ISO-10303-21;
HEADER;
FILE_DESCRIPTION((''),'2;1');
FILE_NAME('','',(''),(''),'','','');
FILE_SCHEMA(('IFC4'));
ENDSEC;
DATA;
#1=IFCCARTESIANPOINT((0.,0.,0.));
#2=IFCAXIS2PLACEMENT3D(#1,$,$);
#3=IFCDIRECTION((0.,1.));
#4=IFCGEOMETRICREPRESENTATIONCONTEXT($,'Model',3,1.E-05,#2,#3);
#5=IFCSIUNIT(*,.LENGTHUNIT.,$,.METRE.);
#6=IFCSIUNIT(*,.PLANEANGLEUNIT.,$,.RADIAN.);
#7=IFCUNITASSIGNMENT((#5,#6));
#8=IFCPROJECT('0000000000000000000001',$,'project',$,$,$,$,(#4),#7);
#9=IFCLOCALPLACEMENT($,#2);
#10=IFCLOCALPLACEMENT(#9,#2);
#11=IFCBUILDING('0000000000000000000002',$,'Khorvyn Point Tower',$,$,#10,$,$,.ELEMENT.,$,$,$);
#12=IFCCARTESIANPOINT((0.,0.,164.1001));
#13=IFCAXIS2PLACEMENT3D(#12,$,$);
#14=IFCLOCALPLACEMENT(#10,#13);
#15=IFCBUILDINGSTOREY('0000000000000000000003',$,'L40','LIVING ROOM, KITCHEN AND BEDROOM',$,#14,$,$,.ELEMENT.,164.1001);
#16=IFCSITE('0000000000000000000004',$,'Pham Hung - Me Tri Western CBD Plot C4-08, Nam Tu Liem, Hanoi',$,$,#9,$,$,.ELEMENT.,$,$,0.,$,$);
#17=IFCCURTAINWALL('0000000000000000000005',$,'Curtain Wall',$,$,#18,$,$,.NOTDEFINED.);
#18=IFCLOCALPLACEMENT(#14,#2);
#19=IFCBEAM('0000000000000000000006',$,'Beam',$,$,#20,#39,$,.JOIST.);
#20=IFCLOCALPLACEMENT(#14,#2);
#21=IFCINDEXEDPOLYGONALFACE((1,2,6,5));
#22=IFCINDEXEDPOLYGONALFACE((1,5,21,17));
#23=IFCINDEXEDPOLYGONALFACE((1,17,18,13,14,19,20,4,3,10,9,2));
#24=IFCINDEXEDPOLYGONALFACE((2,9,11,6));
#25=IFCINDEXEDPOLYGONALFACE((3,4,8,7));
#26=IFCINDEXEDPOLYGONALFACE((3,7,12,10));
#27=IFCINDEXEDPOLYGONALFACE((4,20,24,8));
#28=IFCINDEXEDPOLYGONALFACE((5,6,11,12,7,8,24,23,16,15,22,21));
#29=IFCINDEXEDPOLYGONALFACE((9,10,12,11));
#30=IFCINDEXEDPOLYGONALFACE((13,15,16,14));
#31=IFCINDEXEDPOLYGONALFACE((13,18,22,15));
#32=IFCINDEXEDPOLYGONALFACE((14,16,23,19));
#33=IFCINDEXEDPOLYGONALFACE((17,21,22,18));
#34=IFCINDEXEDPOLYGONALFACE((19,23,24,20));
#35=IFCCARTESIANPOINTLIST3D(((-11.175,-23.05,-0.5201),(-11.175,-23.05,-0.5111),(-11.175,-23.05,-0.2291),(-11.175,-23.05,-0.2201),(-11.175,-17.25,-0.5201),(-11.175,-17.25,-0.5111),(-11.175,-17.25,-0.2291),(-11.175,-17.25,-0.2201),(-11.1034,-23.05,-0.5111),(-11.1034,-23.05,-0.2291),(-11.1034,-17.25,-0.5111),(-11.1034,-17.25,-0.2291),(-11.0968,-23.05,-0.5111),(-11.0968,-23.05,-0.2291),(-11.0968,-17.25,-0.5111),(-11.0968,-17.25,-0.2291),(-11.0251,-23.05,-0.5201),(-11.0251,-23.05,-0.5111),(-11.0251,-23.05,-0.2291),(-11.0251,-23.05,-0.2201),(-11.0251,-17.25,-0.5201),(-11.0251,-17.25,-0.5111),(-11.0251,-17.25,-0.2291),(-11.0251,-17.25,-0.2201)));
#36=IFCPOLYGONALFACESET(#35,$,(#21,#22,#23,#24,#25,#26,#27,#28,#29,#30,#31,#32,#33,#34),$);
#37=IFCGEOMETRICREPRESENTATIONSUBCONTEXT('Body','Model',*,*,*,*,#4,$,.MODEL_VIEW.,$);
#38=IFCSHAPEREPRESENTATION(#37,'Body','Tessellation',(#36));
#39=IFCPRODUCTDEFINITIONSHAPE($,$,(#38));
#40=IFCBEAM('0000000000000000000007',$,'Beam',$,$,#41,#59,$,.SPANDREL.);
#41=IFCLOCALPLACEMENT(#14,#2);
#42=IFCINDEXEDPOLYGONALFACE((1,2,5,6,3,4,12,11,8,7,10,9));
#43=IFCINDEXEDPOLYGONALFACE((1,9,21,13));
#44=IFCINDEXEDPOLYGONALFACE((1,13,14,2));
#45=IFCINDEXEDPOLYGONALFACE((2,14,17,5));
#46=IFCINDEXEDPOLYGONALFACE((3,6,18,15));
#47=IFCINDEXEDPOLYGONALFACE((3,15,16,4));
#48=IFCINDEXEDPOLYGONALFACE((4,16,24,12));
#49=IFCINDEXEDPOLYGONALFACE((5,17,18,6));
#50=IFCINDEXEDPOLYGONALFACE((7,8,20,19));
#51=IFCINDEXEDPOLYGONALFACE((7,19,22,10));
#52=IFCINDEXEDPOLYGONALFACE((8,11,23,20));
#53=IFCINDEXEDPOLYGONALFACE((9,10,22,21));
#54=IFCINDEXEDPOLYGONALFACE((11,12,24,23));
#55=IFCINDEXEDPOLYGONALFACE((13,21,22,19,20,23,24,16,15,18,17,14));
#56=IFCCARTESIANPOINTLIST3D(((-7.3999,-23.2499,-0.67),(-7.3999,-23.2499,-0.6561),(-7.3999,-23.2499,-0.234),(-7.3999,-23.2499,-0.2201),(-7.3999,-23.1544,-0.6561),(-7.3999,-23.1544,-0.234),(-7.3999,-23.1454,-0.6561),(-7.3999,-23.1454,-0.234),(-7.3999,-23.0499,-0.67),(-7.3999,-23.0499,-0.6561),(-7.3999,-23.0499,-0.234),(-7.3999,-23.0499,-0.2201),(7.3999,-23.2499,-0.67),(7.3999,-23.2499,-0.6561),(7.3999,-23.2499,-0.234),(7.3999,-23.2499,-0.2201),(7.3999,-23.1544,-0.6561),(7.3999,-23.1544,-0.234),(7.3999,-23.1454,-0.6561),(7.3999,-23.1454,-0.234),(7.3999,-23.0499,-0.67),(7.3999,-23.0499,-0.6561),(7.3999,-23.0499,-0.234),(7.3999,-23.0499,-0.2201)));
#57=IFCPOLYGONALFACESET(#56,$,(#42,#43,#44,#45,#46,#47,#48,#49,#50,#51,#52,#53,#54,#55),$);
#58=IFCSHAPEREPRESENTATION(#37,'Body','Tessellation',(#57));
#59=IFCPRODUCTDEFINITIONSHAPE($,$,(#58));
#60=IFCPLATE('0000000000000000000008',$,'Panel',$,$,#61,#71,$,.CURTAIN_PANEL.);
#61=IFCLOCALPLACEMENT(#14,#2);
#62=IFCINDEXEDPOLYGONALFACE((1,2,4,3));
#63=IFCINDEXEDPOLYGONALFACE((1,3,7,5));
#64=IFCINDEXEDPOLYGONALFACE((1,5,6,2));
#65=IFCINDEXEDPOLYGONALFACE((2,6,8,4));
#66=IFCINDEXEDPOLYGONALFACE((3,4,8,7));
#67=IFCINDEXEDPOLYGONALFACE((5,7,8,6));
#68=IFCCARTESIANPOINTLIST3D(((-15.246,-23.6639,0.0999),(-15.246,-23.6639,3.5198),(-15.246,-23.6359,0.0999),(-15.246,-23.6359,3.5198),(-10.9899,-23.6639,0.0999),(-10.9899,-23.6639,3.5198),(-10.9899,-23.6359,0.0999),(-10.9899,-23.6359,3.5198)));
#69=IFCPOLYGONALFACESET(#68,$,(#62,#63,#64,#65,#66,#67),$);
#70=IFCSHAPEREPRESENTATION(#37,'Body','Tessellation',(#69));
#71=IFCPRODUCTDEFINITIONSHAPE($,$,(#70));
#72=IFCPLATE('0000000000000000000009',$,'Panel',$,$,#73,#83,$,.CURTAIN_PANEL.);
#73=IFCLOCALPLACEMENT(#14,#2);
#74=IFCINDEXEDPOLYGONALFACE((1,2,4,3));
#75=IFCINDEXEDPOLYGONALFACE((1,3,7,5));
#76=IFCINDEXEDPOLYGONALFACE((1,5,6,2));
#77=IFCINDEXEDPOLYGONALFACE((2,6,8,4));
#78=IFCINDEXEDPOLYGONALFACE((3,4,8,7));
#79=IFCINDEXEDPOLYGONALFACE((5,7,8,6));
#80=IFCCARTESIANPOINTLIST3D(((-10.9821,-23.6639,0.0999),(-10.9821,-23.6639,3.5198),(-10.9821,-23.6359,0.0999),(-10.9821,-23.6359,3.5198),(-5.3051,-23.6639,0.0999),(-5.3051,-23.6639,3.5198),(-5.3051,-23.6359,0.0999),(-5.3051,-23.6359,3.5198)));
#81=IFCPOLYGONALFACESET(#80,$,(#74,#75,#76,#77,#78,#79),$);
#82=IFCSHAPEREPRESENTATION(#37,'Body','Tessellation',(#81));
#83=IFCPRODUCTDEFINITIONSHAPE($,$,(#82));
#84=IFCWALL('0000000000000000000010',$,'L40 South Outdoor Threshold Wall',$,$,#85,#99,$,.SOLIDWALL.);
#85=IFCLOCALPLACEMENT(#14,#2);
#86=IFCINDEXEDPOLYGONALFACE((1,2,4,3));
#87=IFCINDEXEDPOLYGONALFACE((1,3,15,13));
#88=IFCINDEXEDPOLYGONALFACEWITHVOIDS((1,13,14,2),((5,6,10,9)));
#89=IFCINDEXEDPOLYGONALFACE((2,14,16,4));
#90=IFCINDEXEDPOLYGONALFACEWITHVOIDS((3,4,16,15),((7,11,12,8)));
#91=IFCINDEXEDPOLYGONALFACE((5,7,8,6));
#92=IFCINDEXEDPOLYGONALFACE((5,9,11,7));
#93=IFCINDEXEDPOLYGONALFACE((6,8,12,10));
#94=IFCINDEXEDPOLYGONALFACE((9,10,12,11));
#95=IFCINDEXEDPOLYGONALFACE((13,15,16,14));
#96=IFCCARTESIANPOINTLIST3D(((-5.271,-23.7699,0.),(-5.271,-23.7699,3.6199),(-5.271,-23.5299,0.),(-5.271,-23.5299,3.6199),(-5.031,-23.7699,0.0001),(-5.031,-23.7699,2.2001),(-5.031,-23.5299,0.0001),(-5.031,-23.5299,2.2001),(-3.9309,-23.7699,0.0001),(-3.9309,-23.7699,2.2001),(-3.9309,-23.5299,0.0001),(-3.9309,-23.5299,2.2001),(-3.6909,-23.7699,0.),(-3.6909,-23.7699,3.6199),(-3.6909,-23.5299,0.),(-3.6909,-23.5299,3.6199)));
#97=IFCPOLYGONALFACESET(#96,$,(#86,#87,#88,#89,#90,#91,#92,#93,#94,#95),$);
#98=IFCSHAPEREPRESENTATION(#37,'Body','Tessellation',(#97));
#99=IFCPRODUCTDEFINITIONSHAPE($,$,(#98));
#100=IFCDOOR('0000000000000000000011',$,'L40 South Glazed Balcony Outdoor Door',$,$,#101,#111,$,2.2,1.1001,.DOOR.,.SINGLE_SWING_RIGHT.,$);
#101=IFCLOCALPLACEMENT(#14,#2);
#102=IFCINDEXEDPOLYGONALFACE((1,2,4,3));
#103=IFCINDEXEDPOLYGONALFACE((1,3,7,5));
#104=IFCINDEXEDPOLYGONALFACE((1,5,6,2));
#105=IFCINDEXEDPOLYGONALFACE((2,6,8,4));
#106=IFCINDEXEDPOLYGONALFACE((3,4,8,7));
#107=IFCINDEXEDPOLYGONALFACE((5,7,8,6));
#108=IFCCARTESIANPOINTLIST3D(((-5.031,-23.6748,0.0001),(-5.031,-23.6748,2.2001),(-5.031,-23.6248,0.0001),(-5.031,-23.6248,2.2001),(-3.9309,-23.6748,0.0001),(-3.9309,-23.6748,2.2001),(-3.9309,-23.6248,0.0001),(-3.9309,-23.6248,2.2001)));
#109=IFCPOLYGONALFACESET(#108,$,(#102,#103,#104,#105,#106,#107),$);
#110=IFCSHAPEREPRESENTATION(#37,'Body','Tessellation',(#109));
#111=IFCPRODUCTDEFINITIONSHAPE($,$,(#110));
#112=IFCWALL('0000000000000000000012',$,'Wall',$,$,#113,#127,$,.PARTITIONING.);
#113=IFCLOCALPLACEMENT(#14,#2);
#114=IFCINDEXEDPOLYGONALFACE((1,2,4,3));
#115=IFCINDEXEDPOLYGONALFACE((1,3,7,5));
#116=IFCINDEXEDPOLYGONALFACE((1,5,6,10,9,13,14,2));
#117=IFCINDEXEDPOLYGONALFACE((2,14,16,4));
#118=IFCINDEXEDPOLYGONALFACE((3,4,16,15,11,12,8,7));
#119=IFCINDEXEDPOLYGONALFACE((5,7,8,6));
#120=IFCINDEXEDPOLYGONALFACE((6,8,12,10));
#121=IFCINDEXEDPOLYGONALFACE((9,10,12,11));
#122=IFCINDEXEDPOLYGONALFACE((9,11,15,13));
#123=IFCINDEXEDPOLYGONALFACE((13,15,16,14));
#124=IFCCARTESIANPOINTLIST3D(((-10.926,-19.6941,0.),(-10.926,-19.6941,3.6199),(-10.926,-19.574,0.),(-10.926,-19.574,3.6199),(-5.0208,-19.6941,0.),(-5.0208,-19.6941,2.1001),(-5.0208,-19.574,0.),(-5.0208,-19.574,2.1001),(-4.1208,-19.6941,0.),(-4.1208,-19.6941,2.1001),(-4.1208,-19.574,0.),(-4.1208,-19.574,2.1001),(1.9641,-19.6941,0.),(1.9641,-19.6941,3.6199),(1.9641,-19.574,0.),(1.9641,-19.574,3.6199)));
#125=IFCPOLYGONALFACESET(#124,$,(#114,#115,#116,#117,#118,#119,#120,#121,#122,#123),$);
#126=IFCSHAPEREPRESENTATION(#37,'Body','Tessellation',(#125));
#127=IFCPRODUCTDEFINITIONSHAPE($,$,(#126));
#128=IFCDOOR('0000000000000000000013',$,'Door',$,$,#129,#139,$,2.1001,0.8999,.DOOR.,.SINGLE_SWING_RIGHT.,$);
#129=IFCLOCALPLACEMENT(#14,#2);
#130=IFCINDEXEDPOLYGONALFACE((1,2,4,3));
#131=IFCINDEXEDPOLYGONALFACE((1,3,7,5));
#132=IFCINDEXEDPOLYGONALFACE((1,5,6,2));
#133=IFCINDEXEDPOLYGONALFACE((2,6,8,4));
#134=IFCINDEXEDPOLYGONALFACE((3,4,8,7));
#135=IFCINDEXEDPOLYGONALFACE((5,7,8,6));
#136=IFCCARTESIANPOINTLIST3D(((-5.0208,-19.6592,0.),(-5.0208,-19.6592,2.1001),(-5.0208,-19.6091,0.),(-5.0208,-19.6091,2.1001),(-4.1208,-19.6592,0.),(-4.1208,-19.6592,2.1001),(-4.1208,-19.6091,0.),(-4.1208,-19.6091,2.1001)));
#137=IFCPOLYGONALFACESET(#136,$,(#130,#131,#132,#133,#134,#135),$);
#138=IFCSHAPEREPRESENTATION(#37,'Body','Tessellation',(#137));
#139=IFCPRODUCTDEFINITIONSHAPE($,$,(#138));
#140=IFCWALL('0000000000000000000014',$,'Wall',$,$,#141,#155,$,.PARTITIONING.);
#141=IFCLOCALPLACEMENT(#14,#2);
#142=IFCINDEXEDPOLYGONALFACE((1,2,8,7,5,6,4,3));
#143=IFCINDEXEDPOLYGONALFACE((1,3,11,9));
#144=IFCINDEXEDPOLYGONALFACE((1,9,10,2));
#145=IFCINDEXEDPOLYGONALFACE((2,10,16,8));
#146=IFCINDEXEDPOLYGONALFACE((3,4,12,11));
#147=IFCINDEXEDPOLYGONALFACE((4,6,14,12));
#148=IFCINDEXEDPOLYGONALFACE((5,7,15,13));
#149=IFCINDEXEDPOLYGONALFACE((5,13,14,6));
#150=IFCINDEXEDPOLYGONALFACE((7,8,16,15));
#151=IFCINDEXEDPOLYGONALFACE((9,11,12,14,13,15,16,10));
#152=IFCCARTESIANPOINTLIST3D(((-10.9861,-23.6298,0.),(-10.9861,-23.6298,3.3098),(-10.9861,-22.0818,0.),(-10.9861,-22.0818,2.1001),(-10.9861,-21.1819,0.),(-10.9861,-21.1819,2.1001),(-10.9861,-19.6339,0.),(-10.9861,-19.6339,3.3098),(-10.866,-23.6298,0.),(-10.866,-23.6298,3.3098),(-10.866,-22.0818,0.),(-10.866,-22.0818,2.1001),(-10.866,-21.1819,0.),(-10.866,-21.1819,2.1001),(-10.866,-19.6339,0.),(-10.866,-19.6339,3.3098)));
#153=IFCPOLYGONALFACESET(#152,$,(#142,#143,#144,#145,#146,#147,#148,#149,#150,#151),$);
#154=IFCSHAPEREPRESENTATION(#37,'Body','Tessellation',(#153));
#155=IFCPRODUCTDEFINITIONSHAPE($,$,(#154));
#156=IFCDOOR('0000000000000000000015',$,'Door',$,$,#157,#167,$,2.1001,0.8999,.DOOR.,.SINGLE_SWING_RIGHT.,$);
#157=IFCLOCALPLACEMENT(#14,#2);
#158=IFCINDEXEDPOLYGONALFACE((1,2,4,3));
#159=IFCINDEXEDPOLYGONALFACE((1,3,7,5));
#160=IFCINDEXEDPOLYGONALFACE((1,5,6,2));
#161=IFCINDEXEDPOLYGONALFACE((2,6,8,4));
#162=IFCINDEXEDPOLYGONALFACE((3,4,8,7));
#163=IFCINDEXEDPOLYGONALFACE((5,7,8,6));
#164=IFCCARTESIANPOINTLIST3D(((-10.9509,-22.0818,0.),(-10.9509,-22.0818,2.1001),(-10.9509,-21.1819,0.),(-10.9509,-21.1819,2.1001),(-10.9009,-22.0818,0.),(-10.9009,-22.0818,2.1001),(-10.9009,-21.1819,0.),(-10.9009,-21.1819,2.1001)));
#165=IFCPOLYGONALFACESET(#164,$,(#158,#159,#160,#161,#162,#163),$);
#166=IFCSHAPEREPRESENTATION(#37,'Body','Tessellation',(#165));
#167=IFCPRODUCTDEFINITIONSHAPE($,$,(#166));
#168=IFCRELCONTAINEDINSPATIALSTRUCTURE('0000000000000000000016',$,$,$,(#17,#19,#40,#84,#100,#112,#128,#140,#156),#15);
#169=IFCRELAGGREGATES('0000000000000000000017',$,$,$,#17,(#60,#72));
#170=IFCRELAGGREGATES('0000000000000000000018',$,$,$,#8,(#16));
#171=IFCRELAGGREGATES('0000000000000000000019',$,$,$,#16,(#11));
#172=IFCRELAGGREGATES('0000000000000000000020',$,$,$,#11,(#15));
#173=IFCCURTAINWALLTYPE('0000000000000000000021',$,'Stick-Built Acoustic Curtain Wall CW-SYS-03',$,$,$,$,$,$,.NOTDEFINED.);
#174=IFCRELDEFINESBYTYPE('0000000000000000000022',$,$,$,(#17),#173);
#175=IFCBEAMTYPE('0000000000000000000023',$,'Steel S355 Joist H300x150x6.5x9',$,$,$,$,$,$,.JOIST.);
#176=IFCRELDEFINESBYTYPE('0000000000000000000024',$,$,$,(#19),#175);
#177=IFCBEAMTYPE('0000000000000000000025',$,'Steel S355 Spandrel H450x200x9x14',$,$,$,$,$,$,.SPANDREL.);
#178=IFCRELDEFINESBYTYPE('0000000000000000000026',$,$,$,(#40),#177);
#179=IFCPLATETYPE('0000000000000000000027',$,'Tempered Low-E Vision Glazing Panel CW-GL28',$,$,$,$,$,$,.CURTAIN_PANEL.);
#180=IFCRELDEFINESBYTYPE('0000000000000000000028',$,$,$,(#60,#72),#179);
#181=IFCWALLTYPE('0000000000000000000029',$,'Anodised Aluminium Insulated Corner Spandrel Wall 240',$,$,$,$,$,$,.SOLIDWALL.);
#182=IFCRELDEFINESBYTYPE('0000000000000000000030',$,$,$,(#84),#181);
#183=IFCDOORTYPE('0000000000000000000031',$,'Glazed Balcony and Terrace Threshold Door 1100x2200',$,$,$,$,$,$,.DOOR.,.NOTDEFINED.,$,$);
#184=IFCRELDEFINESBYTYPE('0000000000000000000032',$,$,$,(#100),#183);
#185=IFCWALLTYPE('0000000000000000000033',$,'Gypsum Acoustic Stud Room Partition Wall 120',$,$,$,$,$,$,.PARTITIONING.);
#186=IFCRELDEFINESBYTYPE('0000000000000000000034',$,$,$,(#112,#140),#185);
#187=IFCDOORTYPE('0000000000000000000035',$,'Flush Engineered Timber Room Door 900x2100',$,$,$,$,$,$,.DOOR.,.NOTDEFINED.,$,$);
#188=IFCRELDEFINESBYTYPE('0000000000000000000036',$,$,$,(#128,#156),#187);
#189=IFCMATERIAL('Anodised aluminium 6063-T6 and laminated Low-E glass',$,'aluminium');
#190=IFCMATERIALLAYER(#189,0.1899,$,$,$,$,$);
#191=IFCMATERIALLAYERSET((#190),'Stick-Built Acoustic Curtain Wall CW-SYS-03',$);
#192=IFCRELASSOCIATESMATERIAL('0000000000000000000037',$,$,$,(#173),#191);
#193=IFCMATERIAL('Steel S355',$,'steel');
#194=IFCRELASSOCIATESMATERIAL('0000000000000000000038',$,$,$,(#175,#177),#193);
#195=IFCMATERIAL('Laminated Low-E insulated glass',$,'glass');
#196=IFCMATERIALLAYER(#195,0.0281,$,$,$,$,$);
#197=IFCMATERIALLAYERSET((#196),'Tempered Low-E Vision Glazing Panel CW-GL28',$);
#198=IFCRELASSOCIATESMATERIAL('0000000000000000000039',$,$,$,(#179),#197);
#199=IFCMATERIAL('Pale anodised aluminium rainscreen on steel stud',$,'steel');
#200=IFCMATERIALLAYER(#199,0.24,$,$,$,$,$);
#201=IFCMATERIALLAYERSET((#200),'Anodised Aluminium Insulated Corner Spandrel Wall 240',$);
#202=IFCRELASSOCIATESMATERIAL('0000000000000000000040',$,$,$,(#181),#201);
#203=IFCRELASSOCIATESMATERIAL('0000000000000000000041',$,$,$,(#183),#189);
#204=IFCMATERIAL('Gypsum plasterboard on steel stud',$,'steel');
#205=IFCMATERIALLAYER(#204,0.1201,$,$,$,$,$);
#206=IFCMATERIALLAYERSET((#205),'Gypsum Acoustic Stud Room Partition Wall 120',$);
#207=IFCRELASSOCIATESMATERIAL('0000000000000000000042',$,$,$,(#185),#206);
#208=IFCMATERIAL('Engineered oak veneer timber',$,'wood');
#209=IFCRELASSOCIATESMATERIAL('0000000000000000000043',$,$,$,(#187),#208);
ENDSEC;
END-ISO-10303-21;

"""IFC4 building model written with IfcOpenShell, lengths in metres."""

from ifc_helpers import new_model, si_unit, direction, frame, frame_2d, origin, origin_2d, place, context, subcontext, project, spatial, rectangle, i_section, extrude, material, layer, layer_set, material_profile, profile_set, type_object, element, fill, aggregate, save


model = new_model("IFC4")

# Units and contexts
model_context = context("Model", 3, precision=1e-05, world=origin(), true_north=direction((0.0, 1.0)))
body_context = subcontext(model_context, "Body", "Model", "MODEL_VIEW")
ifc_project = project(units=[si_unit("LENGTHUNIT", "METRE"), si_unit("PLANEANGLEUNIT", "RADIAN")], contexts=[model_context])

# Site, building, storey
site_placement = place(None, origin())
site = spatial("IfcSite", under=ifc_project, at=site_placement, Name="Pham Hung - Me Tri Western CBD Plot C4-08, Nam Tu Liem, Hanoi", CompositionType="ELEMENT", RefElevation=0.0)
building_placement = place(site_placement, origin())
building = spatial("IfcBuilding", under=site, at=building_placement, Name="Khorvyn Point Tower", CompositionType="ELEMENT")
storey_placement = place(building_placement, frame((0.0, 0.0, 164.1001)))
storey = spatial("IfcBuildingStorey", under=building, at=storey_placement, Name="L40", Description="LIVING ROOM, KITCHEN AND BEDROOM", CompositionType="ELEMENT", Elevation=164.1001)

# Shared definitions
ifc_material_1 = material(Name="Anodised aluminium 6063-T6 and laminated Low-E glass", Category="aluminium")
ifc_layer_1 = layer(ifc_material_1, 0.1899)
ifc_layer_set_1 = layer_set([ifc_layer_1], Name="Stick-Built Acoustic Curtain Wall CW-SYS-03")
curtain_wall_type = type_object("IfcCurtainWallType", Name="Stick-Built Acoustic Curtain Wall CW-SYS-03", PredefinedType="NOTDEFINED", material=ifc_layer_set_1)

# Curtain wall
curtain_wall_1_placement = place(storey_placement, origin())
curtain_wall_1 = element("IfcCurtainWall", 1, at=curtain_wall_1_placement, inside=storey, type_object=curtain_wall_type, Name="Curtain Wall", PredefinedType="NOTDEFINED")

# Beams
ifc_material_2 = material(Name="Steel S355", Category="steel")
ifc_material_profile_1 = material_profile(ifc_material_2, i_section(OverallWidth=0.1499, OverallDepth=0.3, WebThickness=0.0066, FlangeThickness=0.009, at=origin_2d()))
ifc_profile_set_1 = profile_set([ifc_material_profile_1], Name="Steel S355 H300x150x6.5x9")
beam_type_1 = type_object("IfcBeamType", Name="Steel S355 Joist H300x150x6.5x9", PredefinedType="JOIST", material=ifc_profile_set_1)
beam_1_placement = place(storey_placement, frame((-11.1001, -23.05, -0.3701), z_axis=(0.0, 1.0, 0.0), x_axis=(-1.0, 0.0, 0.0)))
element("IfcBeam", 2, at=beam_1_placement, inside=storey, type_object=beam_type_1, Name="Beam", PredefinedType="JOIST", context=body_context, shape_type="SweptSolid", body=[
    extrude(i_section(OverallWidth=0.1499, OverallDepth=0.3, WebThickness=0.0066, FlangeThickness=0.009, at=origin_2d()), origin(), (0.0, 0.0, 1.0), 5.8),
])
ifc_material_profile_2 = material_profile(ifc_material_2, i_section(OverallWidth=0.2, OverallDepth=0.45, WebThickness=0.009, FlangeThickness=0.0139, at=origin_2d()))
ifc_profile_set_2 = profile_set([ifc_material_profile_2], Name="Steel S355 H450x200x9x14")
beam_type_2 = type_object("IfcBeamType", Name="Steel S355 Spandrel H450x200x9x14", PredefinedType="SPANDREL", material=ifc_profile_set_2)
beam_2_placement = place(storey_placement, frame((-7.3999, -23.1499, -0.4451), z_axis=(1.0, 0.0, 0.0), x_axis=(0.0, 1.0, 0.0)))
element("IfcBeam", 3, at=beam_2_placement, inside=storey, type_object=beam_type_2, Name="Beam", PredefinedType="SPANDREL", context=body_context, shape_type="SweptSolid", body=[
    extrude(i_section(OverallWidth=0.2, OverallDepth=0.45, WebThickness=0.009, FlangeThickness=0.0139, at=origin_2d()), origin(), (0.0, 0.0, 1.0), 14.7998),
])

# Plates
ifc_material_3 = material(Name="Laminated Low-E insulated glass", Category="glass")
ifc_layer_2 = layer(ifc_material_3, 0.0281)
ifc_layer_set_2 = layer_set([ifc_layer_2], Name="Tempered Low-E Vision Glazing Panel CW-GL28")
plate_type = type_object("IfcPlateType", Name="Tempered Low-E Vision Glazing Panel CW-GL28", PredefinedType="CURTAIN_PANEL", material=ifc_layer_set_2)
plate_1_placement = place(storey_placement, frame((-13.1179, -23.6499, 0.0999), z_axis=(0.0, 0.0, 1.0), x_axis=(-1.0, 0.0, 0.0)))
plate_1 = element("IfcPlate", 4, at=plate_1_placement, type_object=plate_type, Name="Panel", PredefinedType="CURTAIN_PANEL", context=body_context, shape_type="SweptSolid", body=[
    extrude(rectangle(XDim=4.2561, YDim=0.0281, at=origin_2d()), origin(), (0.0, 0.0, 1.0), 3.4199),
])
plate_2_placement = place(storey_placement, frame((-8.1436, -23.6499, 0.0999), z_axis=(0.0, 0.0, 1.0), x_axis=(-1.0, 0.0, 0.0)))
plate_2 = element("IfcPlate", 5, at=plate_2_placement, type_object=plate_type, Name="Panel", PredefinedType="CURTAIN_PANEL", context=body_context, shape_type="SweptSolid", body=[
    extrude(rectangle(XDim=5.677, YDim=0.0281, at=origin_2d()), origin(), (0.0, 0.0, 1.0), 3.4199),
])
aggregate(curtain_wall_1, [plate_1, plate_2])

# Walls, openings, doors
ifc_material_4 = material(Name="Pale anodised aluminium rainscreen on steel stud", Category="steel")
ifc_layer_3 = layer(ifc_material_4, 0.24)
ifc_layer_set_3 = layer_set([ifc_layer_3], Name="Anodised Aluminium Insulated Corner Spandrel Wall 240")
wall_type_1 = type_object("IfcWallType", Name="Anodised Aluminium Insulated Corner Spandrel Wall 240", PredefinedType="SOLIDWALL", material=ifc_layer_set_3)
wall_1_placement = place(storey_placement, frame((-3.6909, -23.6499, 0.0), z_axis=(0.0, 0.0, 1.0), x_axis=(-1.0, 0.0, 0.0)))
wall_1 = element("IfcWall", 6, at=wall_1_placement, inside=storey, type_object=wall_type_1, Name="L40 South Outdoor Threshold Wall", PredefinedType="SOLIDWALL", context=body_context, shape_type="SweptSolid", body=[
    extrude(rectangle(XDim=1.5801, YDim=0.24, at=frame_2d((0.79, 0.0))), origin(), (0.0, 0.0, 1.0), 3.6199),
])
opening_1_placement = place(wall_1_placement, frame((0.24, 0.0, 0.0)))
opening_1 = element("IfcOpeningElement", 7, at=opening_1_placement, cuts=wall_1, PredefinedType="OPENING", context=body_context, shape_type="SweptSolid", body=[
    extrude(rectangle(XDim=1.1001, YDim=2.2, at=frame_2d((0.55, 1.1001))), frame((0.0, 0.1299, 0.0), z_axis=(0.0, -1.0, 0.0), x_axis=(1.0, 0.0, 0.0)), (0.0, 0.0, 1.0), 0.26),
])
door_type_1 = type_object("IfcDoorType", Name="Glazed Balcony and Terrace Threshold Door 1100x2200", OperationType="NOTDEFINED", PredefinedType="DOOR", material=ifc_material_1)
door_1_placement = place(opening_1_placement, origin())
door_1 = element("IfcDoor", 8, at=door_1_placement, inside=storey, type_object=door_type_1, Name="L40 South Glazed Balcony Outdoor Door", OperationType="SINGLE_SWING_RIGHT", OverallHeight=2.2, OverallWidth=1.1001, PredefinedType="DOOR", context=body_context, shape_type="SweptSolid", body=[
    extrude(rectangle(XDim=1.1001, YDim=2.2, at=frame_2d((0.55, 1.1001))), frame((0.0, 0.0249, 0.0), z_axis=(0.0, -1.0, 0.0), x_axis=(1.0, 0.0, 0.0)), (0.0, 0.0, 1.0), 0.05),
])
fill(opening_1, door_1)
ifc_material_5 = material(Name="Gypsum plasterboard on steel stud", Category="steel")
ifc_layer_4 = layer(ifc_material_5, 0.1201)
ifc_layer_set_4 = layer_set([ifc_layer_4], Name="Gypsum Acoustic Stud Room Partition Wall 120")
wall_type_2 = type_object("IfcWallType", Name="Gypsum Acoustic Stud Room Partition Wall 120", PredefinedType="PARTITIONING", material=ifc_layer_set_4)
wall_2_placement = place(storey_placement, frame((-10.926, -19.634, 0.0), z_axis=(0.0, 0.0, 1.0), x_axis=(1.0, 0.0, 0.0)))
wall_2 = element("IfcWall", 9, at=wall_2_placement, inside=storey, type_object=wall_type_2, Name="Wall", PredefinedType="PARTITIONING", context=body_context, shape_type="SweptSolid", body=[
    extrude(rectangle(XDim=12.8901, YDim=0.1201, at=frame_2d((6.4451, 0.0))), origin(), (0.0, 0.0, 1.0), 3.6199),
])
opening_2_placement = place(wall_2_placement, frame((5.9053, 0.0, 0.0)))
opening_2 = element("IfcOpeningElement", 10, at=opening_2_placement, cuts=wall_2, PredefinedType="OPENING", context=body_context, shape_type="SweptSolid", body=[
    extrude(rectangle(XDim=0.8999, YDim=2.1001, at=frame_2d((0.45, 1.05))), frame((0.0, 0.0701, 0.0), z_axis=(0.0, -1.0, 0.0), x_axis=(1.0, 0.0, 0.0)), (0.0, 0.0, 1.0), 0.1401),
])
ifc_material_6 = material(Name="Engineered oak veneer timber", Category="wood")
door_type_2 = type_object("IfcDoorType", Name="Flush Engineered Timber Room Door 900x2100", OperationType="NOTDEFINED", PredefinedType="DOOR", material=ifc_material_6)
door_2_placement = place(opening_2_placement, origin())
door_2 = element("IfcDoor", 11, at=door_2_placement, inside=storey, type_object=door_type_2, Name="Door", OperationType="SINGLE_SWING_RIGHT", OverallHeight=2.1001, OverallWidth=0.8999, PredefinedType="DOOR", context=body_context, shape_type="SweptSolid", body=[
    extrude(rectangle(XDim=0.8999, YDim=2.1001, at=frame_2d((0.45, 1.05))), frame((0.0, 0.0249, 0.0), z_axis=(0.0, -1.0, 0.0), x_axis=(1.0, 0.0, 0.0)), (0.0, 0.0, 1.0), 0.05),
])
fill(opening_2, door_2)
wall_3_placement = place(storey_placement, frame((-10.926, -23.6299, 0.0), z_axis=(0.0, 0.0, 1.0), x_axis=(0.0, 1.0, 0.0)))
wall_3 = element("IfcWall", 12, at=wall_3_placement, inside=storey, type_object=wall_type_2, Name="Wall", PredefinedType="PARTITIONING", context=body_context, shape_type="SweptSolid", body=[
    extrude(rectangle(XDim=3.9958, YDim=0.1201, at=frame_2d((1.998, 0.0))), origin(), (0.0, 0.0, 1.0), 3.3098),
])
opening_3_placement = place(wall_3_placement, frame((1.5481, 0.0, 0.0)))
opening_3 = element("IfcOpeningElement", 13, at=opening_3_placement, cuts=wall_3, PredefinedType="OPENING", context=body_context, shape_type="SweptSolid", body=[
    extrude(rectangle(XDim=0.8999, YDim=2.1001, at=frame_2d((0.45, 1.05))), frame((0.0, 0.0701, 0.0), z_axis=(0.0, -1.0, 0.0), x_axis=(1.0, 0.0, 0.0)), (0.0, 0.0, 1.0), 0.1401),
])
door_3_placement = place(opening_3_placement, origin())
door_3 = element("IfcDoor", 14, at=door_3_placement, inside=storey, type_object=door_type_2, Name="Door", OperationType="SINGLE_SWING_RIGHT", OverallHeight=2.1001, OverallWidth=0.8999, PredefinedType="DOOR", context=body_context, shape_type="SweptSolid", body=[
    extrude(rectangle(XDim=0.8999, YDim=2.1001, at=frame_2d((0.45, 1.05))), frame((0.0, 0.0249, 0.0), z_axis=(0.0, -1.0, 0.0), x_axis=(1.0, 0.0, 0.0)), (0.0, 0.0, 1.0), 0.05),
])
fill(opening_3, door_3)

save(model, "model.ifc")
